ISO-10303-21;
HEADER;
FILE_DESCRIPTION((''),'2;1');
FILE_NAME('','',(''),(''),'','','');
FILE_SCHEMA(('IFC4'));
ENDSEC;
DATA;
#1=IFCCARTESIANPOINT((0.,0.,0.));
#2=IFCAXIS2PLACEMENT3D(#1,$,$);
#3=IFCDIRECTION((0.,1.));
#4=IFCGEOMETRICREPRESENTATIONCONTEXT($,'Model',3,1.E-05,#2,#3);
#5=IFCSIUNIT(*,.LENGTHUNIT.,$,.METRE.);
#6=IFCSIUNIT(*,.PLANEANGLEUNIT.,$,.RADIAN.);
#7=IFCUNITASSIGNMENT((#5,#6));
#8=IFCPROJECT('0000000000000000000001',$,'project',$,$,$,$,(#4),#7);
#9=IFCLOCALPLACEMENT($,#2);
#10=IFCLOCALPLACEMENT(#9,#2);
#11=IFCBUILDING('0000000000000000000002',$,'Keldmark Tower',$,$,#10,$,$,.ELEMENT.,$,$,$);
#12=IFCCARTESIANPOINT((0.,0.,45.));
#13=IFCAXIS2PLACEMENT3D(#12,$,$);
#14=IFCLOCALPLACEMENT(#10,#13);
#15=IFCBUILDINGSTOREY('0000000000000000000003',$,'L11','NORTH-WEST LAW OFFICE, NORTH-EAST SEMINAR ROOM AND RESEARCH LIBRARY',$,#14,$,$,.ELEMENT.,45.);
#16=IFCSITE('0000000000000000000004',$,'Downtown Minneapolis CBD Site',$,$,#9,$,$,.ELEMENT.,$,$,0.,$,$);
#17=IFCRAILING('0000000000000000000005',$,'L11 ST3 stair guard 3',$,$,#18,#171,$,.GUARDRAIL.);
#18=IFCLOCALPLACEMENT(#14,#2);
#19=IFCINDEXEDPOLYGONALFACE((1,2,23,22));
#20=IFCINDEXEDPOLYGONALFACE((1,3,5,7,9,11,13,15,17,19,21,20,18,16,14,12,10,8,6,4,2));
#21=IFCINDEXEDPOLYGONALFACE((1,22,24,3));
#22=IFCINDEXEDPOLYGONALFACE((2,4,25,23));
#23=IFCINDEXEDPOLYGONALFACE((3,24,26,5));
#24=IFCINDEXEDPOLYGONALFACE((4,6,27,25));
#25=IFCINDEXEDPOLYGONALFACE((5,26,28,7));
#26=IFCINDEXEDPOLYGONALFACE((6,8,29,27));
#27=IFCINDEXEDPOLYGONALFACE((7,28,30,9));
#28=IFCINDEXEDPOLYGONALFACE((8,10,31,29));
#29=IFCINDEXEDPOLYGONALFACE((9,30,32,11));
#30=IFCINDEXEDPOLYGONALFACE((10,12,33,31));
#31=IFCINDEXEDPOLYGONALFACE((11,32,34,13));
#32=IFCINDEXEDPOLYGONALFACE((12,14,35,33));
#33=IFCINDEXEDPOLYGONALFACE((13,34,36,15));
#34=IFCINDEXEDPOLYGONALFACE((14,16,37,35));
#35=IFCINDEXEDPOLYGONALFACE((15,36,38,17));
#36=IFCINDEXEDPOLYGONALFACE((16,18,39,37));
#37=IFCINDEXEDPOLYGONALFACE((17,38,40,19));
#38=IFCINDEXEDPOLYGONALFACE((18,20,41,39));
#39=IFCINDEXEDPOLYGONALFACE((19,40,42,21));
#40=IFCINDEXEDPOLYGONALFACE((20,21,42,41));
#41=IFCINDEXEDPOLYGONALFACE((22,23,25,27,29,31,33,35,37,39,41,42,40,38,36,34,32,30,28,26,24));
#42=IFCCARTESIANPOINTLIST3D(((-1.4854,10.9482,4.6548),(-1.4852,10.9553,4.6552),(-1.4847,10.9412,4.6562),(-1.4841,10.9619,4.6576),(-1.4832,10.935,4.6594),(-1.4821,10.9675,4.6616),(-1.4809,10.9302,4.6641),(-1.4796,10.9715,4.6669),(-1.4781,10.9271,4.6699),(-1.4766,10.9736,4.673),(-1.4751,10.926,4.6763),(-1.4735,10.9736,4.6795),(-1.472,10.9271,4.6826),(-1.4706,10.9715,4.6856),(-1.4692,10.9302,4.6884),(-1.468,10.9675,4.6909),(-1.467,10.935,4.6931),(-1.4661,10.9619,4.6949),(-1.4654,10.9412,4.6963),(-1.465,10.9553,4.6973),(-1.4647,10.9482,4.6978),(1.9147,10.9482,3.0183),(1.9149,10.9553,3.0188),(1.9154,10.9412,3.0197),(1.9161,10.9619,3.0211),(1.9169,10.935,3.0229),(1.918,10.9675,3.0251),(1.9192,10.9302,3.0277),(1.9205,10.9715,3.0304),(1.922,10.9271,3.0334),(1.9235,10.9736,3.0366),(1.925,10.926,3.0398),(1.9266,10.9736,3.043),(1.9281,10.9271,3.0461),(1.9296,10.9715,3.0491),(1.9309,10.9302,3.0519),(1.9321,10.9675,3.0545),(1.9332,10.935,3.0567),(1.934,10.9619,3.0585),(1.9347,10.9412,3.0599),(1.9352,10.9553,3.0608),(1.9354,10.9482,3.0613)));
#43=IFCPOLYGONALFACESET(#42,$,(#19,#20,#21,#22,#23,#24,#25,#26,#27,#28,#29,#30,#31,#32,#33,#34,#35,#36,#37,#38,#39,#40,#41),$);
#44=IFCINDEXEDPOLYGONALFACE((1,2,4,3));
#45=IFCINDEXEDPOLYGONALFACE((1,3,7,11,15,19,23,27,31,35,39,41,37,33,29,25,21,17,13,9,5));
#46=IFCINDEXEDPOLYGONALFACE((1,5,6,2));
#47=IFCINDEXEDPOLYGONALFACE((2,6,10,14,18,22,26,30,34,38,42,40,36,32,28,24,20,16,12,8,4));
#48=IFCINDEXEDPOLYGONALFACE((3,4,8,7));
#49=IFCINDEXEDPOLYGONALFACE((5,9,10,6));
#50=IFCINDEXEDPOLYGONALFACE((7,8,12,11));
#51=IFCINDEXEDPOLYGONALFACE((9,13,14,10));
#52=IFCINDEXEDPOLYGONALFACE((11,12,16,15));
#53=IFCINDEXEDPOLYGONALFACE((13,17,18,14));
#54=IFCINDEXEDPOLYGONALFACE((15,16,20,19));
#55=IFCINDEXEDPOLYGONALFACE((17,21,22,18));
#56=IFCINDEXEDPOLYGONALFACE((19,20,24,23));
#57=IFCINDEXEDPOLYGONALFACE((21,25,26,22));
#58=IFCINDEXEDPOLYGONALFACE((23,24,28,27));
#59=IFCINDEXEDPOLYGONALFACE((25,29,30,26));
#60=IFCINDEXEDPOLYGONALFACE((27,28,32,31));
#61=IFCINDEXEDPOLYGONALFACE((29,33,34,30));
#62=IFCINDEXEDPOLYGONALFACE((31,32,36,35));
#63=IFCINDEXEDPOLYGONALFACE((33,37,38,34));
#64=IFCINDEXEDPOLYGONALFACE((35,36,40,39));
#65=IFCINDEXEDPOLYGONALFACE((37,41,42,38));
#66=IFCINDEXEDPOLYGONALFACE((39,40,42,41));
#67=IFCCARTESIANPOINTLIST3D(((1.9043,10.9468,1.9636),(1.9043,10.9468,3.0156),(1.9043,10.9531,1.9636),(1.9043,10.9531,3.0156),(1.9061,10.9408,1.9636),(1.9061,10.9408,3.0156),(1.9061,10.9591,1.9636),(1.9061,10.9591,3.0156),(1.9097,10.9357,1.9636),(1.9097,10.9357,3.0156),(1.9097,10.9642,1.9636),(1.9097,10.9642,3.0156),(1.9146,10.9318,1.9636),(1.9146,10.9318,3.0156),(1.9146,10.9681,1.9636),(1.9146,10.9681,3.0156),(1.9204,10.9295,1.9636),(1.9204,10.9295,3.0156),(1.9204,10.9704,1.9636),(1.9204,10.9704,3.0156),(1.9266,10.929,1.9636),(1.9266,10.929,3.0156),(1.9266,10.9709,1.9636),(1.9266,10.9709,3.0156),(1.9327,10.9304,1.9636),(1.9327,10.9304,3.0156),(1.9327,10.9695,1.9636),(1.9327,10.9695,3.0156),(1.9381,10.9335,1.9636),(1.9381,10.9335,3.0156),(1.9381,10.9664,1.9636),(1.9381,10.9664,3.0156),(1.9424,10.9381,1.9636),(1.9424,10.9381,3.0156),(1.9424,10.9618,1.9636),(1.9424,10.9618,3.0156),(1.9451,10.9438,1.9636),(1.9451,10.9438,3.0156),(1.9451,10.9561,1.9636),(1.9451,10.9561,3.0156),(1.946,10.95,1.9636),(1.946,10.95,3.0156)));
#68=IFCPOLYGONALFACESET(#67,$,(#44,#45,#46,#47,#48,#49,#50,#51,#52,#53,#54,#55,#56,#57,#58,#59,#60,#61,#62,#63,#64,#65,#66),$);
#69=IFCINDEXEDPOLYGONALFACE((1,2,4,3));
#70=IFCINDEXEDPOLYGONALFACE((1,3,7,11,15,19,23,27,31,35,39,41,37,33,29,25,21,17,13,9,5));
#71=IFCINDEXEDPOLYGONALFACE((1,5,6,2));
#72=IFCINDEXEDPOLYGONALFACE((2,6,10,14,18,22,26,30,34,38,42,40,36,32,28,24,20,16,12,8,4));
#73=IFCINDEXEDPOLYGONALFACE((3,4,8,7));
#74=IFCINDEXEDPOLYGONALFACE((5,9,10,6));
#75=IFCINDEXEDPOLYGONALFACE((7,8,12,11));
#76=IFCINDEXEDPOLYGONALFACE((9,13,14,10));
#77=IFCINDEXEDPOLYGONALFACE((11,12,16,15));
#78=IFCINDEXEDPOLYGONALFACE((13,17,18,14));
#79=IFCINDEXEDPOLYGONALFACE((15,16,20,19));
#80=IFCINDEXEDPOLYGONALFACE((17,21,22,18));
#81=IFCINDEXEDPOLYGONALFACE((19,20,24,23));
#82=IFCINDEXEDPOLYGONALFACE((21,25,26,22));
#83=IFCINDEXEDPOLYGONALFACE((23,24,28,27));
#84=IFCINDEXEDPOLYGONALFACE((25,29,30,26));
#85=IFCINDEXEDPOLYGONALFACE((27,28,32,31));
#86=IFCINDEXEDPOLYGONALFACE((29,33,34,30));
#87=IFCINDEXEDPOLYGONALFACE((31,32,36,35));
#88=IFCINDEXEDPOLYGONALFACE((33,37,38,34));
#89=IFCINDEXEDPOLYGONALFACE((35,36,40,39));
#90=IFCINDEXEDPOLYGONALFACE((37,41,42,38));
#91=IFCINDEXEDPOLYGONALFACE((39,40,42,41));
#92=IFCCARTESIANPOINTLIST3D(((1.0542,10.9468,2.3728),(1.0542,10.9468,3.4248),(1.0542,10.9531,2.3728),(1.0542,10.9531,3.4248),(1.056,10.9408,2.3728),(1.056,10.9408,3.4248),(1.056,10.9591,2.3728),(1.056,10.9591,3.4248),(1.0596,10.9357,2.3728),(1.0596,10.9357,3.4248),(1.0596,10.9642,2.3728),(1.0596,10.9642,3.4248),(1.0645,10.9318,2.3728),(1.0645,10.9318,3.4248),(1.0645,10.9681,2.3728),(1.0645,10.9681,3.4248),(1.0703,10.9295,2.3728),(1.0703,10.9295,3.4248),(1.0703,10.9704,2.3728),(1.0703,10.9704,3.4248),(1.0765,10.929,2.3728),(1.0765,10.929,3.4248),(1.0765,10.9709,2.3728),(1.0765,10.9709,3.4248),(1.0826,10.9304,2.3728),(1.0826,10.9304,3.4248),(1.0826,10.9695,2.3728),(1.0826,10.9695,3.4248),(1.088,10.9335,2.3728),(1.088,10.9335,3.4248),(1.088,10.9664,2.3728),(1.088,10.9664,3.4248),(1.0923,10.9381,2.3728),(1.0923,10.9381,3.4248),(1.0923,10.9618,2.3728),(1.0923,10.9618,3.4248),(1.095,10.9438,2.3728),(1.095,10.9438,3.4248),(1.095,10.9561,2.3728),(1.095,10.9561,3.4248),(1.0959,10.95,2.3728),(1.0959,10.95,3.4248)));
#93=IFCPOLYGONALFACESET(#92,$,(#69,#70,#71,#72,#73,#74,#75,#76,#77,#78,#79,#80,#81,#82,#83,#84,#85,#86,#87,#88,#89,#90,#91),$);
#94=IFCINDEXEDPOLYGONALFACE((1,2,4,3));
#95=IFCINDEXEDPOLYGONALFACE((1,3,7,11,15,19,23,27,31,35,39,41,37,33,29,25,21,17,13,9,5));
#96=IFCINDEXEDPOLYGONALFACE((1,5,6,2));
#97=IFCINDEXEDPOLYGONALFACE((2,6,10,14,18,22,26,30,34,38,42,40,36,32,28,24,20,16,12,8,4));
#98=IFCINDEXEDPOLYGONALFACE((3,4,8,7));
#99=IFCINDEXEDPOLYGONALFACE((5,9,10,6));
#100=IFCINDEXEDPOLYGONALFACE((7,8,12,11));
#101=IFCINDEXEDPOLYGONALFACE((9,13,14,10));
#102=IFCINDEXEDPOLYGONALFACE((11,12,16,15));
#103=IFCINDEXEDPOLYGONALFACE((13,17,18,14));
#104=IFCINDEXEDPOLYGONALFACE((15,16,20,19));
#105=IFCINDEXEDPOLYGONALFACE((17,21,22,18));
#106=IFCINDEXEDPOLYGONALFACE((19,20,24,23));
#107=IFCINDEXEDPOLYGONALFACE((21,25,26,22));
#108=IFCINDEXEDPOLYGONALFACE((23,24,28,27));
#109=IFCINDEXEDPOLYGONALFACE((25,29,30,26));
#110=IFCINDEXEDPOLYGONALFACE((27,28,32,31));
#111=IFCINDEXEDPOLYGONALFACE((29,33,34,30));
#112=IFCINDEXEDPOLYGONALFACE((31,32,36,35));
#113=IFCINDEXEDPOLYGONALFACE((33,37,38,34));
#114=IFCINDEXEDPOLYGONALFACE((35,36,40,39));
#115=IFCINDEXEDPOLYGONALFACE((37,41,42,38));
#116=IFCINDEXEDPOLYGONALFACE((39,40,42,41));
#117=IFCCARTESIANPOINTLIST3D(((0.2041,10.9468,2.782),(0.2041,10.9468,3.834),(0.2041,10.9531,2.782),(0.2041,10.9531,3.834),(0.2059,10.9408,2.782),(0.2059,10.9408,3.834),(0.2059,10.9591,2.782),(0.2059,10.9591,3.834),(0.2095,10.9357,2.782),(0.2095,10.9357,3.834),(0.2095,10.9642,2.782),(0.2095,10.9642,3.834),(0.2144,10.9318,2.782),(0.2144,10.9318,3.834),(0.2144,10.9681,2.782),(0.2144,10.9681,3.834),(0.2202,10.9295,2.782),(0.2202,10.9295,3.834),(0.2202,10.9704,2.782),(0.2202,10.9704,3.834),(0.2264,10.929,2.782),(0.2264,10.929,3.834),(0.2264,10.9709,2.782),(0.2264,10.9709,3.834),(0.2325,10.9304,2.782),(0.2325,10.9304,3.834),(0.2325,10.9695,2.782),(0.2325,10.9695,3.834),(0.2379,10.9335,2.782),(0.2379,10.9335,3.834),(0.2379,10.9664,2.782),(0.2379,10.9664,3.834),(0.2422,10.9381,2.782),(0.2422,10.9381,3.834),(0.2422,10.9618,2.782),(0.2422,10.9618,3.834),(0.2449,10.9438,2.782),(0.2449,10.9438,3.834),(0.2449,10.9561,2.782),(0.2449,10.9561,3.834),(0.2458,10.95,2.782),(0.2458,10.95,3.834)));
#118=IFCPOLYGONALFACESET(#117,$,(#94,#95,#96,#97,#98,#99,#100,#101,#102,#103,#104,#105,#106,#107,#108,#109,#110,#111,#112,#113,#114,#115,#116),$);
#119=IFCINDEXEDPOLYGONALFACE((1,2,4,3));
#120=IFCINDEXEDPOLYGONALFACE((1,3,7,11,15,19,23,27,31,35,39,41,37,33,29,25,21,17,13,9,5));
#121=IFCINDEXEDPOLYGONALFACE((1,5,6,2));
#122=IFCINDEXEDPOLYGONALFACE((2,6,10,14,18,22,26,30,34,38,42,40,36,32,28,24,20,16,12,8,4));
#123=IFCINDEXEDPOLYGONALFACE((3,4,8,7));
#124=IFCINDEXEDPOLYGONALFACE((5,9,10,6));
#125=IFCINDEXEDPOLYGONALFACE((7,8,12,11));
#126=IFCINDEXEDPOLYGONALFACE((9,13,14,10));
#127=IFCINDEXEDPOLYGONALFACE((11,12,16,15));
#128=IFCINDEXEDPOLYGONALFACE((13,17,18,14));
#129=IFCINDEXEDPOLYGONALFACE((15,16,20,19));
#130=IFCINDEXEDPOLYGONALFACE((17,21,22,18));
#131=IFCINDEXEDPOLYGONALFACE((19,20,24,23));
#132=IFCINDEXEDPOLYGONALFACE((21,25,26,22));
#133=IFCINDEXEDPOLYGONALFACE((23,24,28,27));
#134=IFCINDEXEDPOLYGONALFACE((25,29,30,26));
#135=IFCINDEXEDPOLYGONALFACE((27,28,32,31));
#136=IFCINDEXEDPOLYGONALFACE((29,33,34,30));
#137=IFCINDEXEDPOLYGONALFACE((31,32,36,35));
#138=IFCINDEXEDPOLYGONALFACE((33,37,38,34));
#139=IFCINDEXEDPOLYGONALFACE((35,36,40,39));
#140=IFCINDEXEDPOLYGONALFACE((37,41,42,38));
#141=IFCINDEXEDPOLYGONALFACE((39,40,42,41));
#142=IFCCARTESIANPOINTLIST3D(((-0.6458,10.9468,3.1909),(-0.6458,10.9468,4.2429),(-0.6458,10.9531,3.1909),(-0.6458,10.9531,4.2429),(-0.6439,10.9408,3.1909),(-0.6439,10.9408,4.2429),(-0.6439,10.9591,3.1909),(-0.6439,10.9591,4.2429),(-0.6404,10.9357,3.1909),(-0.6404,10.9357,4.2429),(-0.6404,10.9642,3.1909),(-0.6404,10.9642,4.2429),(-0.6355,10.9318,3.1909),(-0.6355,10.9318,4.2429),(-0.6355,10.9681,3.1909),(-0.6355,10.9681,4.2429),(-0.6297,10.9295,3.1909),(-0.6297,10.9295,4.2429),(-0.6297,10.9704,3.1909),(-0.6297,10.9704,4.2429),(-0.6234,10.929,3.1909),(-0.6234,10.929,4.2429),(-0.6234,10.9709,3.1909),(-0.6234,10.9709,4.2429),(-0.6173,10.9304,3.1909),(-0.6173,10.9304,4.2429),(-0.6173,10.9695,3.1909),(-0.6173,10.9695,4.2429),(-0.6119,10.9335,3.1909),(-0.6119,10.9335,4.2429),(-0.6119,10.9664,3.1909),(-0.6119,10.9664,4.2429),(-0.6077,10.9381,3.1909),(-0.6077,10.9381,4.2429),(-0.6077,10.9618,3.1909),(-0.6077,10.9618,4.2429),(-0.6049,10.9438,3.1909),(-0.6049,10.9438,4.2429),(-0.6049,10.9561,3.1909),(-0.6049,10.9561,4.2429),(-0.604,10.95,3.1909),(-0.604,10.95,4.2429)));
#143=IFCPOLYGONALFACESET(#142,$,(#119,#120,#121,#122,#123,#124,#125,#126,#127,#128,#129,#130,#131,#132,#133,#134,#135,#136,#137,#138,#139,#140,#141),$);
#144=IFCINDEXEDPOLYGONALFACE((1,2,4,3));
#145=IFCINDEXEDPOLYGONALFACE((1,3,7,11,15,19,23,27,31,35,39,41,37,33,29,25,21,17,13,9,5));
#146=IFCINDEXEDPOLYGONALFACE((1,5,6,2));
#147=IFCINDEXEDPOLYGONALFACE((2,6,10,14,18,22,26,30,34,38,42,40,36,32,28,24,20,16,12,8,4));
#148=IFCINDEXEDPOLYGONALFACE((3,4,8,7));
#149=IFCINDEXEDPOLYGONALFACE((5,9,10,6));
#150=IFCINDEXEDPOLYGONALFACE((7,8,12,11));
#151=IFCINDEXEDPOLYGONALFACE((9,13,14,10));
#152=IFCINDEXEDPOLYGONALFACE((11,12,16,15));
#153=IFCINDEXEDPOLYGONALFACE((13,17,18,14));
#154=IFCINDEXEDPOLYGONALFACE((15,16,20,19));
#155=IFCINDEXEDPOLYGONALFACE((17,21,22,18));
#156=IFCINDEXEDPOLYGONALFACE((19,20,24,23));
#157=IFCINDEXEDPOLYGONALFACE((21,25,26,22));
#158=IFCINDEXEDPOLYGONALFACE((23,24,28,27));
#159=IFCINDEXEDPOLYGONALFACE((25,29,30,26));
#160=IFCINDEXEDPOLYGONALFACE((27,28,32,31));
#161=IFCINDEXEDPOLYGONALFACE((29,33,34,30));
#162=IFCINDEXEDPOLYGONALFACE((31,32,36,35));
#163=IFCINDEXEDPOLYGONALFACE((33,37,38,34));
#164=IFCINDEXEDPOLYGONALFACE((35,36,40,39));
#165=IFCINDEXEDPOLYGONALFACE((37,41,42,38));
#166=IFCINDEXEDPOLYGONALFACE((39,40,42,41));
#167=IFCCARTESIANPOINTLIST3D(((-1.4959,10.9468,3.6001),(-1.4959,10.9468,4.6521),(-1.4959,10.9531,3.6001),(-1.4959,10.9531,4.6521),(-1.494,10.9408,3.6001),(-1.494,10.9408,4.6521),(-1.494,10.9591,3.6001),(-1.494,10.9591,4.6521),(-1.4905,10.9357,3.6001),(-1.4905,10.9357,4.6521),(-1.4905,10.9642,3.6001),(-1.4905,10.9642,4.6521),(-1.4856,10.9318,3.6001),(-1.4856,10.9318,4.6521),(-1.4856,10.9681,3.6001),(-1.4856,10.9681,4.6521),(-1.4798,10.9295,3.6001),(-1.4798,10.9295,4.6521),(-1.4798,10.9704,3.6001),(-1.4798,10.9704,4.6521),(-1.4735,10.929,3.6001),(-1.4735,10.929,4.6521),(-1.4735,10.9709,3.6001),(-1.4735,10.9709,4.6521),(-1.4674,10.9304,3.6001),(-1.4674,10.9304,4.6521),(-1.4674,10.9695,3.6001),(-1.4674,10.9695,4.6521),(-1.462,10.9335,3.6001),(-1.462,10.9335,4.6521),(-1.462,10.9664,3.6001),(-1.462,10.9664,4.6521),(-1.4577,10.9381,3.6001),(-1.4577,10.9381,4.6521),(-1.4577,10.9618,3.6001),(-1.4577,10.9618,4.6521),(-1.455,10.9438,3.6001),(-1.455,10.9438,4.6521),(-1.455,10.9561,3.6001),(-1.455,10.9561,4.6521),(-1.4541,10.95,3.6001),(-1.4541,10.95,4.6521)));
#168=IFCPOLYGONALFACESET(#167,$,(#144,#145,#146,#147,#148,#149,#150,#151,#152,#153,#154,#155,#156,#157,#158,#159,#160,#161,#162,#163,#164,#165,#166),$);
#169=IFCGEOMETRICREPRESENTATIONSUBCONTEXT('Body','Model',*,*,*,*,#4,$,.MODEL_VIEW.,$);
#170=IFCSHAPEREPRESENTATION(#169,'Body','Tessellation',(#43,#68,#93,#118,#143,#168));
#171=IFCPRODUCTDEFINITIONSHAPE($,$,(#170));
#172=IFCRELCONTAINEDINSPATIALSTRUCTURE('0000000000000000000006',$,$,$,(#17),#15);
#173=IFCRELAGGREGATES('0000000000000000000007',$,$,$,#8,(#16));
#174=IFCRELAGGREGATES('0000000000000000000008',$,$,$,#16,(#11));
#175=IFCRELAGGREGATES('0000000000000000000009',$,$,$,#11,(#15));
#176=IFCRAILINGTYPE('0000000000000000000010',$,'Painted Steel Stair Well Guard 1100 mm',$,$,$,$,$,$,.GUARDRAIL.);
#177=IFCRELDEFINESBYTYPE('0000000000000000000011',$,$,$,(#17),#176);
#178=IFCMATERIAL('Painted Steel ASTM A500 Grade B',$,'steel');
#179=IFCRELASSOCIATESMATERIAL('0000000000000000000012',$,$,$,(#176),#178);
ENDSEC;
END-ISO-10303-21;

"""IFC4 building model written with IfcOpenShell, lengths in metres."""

from ifc_helpers import new_model, si_unit, direction, frame, origin, origin_2d, place, context, subcontext, project, spatial, circle, extrude, material, type_object, element, save


model = new_model("IFC4")

# Units and contexts
model_context = context("Model", 3, precision=1e-05, world=origin(), true_north=direction((0.0, 1.0)))
body_context = subcontext(model_context, "Body", "Model", "MODEL_VIEW")
ifc_project = project(units=[si_unit("LENGTHUNIT", "METRE"), si_unit("PLANEANGLEUNIT", "RADIAN")], contexts=[model_context])

# Site, building, storey
site_placement = place(None, origin())
site = spatial("IfcSite", under=ifc_project, at=site_placement, Name="Downtown Minneapolis CBD Site", CompositionType="ELEMENT", RefElevation=0.0)
building_placement = place(site_placement, origin())
building = spatial("IfcBuilding", under=site, at=building_placement, Name="Keldmark Tower", CompositionType="ELEMENT")
storey_placement = place(building_placement, frame((0.0, 0.0, 45.0)))
storey = spatial("IfcBuildingStorey", under=building, at=storey_placement, Name="L11", Description="NORTH-WEST LAW OFFICE, NORTH-EAST SEMINAR ROOM AND RESEARCH LIBRARY", CompositionType="ELEMENT", Elevation=45.0)

# Railing
ifc_material_1 = material(Name="Painted Steel ASTM A500 Grade B", Category="steel")
railing_type_1 = type_object("IfcRailingType", Name="Painted Steel Stair Well Guard 1100 mm", PredefinedType="GUARDRAIL", material=ifc_material_1)
railing_1_placement = place(storey_placement, frame((1.925, 10.95, 1.9636)))
element("IfcRailing", 1, at=railing_1_placement, inside=storey, type_object=railing_type_1, Name="L11 ST3 stair guard 3", PredefinedType="GUARDRAIL", context=body_context, shape_type="SweptSolid", body=[
    extrude(circle(Radius=0.0239, at=origin_2d()), frame((0.0, 0.0, 1.0762), z_axis=(-0.901067, 0.0, 0.433679), x_axis=(0.0, -1.0, 0.0)), (0.0, 0.0, 1.0), 3.7734),
    extrude(circle(Radius=0.021, at=origin_2d()), origin(), (0.0, 0.0, 1.0), 1.052),
    extrude(circle(Radius=0.021, at=origin_2d()), frame((-0.8501, 0.0, 0.4092)), (0.0, 0.0, 1.0), 1.052),
    extrude(circle(Radius=0.021, at=origin_2d()), frame((-1.7002, 0.0, 0.8184)), (0.0, 0.0, 1.0), 1.052),
    extrude(circle(Radius=0.021, at=origin_2d()), frame((-2.55, 0.0, 1.2273)), (0.0, 0.0, 1.0), 1.052),
    extrude(circle(Radius=0.021, at=origin_2d()), frame((-3.4001, 0.0, 1.6365)), (0.0, 0.0, 1.0), 1.052),
])

save(model, "model.ifc")
